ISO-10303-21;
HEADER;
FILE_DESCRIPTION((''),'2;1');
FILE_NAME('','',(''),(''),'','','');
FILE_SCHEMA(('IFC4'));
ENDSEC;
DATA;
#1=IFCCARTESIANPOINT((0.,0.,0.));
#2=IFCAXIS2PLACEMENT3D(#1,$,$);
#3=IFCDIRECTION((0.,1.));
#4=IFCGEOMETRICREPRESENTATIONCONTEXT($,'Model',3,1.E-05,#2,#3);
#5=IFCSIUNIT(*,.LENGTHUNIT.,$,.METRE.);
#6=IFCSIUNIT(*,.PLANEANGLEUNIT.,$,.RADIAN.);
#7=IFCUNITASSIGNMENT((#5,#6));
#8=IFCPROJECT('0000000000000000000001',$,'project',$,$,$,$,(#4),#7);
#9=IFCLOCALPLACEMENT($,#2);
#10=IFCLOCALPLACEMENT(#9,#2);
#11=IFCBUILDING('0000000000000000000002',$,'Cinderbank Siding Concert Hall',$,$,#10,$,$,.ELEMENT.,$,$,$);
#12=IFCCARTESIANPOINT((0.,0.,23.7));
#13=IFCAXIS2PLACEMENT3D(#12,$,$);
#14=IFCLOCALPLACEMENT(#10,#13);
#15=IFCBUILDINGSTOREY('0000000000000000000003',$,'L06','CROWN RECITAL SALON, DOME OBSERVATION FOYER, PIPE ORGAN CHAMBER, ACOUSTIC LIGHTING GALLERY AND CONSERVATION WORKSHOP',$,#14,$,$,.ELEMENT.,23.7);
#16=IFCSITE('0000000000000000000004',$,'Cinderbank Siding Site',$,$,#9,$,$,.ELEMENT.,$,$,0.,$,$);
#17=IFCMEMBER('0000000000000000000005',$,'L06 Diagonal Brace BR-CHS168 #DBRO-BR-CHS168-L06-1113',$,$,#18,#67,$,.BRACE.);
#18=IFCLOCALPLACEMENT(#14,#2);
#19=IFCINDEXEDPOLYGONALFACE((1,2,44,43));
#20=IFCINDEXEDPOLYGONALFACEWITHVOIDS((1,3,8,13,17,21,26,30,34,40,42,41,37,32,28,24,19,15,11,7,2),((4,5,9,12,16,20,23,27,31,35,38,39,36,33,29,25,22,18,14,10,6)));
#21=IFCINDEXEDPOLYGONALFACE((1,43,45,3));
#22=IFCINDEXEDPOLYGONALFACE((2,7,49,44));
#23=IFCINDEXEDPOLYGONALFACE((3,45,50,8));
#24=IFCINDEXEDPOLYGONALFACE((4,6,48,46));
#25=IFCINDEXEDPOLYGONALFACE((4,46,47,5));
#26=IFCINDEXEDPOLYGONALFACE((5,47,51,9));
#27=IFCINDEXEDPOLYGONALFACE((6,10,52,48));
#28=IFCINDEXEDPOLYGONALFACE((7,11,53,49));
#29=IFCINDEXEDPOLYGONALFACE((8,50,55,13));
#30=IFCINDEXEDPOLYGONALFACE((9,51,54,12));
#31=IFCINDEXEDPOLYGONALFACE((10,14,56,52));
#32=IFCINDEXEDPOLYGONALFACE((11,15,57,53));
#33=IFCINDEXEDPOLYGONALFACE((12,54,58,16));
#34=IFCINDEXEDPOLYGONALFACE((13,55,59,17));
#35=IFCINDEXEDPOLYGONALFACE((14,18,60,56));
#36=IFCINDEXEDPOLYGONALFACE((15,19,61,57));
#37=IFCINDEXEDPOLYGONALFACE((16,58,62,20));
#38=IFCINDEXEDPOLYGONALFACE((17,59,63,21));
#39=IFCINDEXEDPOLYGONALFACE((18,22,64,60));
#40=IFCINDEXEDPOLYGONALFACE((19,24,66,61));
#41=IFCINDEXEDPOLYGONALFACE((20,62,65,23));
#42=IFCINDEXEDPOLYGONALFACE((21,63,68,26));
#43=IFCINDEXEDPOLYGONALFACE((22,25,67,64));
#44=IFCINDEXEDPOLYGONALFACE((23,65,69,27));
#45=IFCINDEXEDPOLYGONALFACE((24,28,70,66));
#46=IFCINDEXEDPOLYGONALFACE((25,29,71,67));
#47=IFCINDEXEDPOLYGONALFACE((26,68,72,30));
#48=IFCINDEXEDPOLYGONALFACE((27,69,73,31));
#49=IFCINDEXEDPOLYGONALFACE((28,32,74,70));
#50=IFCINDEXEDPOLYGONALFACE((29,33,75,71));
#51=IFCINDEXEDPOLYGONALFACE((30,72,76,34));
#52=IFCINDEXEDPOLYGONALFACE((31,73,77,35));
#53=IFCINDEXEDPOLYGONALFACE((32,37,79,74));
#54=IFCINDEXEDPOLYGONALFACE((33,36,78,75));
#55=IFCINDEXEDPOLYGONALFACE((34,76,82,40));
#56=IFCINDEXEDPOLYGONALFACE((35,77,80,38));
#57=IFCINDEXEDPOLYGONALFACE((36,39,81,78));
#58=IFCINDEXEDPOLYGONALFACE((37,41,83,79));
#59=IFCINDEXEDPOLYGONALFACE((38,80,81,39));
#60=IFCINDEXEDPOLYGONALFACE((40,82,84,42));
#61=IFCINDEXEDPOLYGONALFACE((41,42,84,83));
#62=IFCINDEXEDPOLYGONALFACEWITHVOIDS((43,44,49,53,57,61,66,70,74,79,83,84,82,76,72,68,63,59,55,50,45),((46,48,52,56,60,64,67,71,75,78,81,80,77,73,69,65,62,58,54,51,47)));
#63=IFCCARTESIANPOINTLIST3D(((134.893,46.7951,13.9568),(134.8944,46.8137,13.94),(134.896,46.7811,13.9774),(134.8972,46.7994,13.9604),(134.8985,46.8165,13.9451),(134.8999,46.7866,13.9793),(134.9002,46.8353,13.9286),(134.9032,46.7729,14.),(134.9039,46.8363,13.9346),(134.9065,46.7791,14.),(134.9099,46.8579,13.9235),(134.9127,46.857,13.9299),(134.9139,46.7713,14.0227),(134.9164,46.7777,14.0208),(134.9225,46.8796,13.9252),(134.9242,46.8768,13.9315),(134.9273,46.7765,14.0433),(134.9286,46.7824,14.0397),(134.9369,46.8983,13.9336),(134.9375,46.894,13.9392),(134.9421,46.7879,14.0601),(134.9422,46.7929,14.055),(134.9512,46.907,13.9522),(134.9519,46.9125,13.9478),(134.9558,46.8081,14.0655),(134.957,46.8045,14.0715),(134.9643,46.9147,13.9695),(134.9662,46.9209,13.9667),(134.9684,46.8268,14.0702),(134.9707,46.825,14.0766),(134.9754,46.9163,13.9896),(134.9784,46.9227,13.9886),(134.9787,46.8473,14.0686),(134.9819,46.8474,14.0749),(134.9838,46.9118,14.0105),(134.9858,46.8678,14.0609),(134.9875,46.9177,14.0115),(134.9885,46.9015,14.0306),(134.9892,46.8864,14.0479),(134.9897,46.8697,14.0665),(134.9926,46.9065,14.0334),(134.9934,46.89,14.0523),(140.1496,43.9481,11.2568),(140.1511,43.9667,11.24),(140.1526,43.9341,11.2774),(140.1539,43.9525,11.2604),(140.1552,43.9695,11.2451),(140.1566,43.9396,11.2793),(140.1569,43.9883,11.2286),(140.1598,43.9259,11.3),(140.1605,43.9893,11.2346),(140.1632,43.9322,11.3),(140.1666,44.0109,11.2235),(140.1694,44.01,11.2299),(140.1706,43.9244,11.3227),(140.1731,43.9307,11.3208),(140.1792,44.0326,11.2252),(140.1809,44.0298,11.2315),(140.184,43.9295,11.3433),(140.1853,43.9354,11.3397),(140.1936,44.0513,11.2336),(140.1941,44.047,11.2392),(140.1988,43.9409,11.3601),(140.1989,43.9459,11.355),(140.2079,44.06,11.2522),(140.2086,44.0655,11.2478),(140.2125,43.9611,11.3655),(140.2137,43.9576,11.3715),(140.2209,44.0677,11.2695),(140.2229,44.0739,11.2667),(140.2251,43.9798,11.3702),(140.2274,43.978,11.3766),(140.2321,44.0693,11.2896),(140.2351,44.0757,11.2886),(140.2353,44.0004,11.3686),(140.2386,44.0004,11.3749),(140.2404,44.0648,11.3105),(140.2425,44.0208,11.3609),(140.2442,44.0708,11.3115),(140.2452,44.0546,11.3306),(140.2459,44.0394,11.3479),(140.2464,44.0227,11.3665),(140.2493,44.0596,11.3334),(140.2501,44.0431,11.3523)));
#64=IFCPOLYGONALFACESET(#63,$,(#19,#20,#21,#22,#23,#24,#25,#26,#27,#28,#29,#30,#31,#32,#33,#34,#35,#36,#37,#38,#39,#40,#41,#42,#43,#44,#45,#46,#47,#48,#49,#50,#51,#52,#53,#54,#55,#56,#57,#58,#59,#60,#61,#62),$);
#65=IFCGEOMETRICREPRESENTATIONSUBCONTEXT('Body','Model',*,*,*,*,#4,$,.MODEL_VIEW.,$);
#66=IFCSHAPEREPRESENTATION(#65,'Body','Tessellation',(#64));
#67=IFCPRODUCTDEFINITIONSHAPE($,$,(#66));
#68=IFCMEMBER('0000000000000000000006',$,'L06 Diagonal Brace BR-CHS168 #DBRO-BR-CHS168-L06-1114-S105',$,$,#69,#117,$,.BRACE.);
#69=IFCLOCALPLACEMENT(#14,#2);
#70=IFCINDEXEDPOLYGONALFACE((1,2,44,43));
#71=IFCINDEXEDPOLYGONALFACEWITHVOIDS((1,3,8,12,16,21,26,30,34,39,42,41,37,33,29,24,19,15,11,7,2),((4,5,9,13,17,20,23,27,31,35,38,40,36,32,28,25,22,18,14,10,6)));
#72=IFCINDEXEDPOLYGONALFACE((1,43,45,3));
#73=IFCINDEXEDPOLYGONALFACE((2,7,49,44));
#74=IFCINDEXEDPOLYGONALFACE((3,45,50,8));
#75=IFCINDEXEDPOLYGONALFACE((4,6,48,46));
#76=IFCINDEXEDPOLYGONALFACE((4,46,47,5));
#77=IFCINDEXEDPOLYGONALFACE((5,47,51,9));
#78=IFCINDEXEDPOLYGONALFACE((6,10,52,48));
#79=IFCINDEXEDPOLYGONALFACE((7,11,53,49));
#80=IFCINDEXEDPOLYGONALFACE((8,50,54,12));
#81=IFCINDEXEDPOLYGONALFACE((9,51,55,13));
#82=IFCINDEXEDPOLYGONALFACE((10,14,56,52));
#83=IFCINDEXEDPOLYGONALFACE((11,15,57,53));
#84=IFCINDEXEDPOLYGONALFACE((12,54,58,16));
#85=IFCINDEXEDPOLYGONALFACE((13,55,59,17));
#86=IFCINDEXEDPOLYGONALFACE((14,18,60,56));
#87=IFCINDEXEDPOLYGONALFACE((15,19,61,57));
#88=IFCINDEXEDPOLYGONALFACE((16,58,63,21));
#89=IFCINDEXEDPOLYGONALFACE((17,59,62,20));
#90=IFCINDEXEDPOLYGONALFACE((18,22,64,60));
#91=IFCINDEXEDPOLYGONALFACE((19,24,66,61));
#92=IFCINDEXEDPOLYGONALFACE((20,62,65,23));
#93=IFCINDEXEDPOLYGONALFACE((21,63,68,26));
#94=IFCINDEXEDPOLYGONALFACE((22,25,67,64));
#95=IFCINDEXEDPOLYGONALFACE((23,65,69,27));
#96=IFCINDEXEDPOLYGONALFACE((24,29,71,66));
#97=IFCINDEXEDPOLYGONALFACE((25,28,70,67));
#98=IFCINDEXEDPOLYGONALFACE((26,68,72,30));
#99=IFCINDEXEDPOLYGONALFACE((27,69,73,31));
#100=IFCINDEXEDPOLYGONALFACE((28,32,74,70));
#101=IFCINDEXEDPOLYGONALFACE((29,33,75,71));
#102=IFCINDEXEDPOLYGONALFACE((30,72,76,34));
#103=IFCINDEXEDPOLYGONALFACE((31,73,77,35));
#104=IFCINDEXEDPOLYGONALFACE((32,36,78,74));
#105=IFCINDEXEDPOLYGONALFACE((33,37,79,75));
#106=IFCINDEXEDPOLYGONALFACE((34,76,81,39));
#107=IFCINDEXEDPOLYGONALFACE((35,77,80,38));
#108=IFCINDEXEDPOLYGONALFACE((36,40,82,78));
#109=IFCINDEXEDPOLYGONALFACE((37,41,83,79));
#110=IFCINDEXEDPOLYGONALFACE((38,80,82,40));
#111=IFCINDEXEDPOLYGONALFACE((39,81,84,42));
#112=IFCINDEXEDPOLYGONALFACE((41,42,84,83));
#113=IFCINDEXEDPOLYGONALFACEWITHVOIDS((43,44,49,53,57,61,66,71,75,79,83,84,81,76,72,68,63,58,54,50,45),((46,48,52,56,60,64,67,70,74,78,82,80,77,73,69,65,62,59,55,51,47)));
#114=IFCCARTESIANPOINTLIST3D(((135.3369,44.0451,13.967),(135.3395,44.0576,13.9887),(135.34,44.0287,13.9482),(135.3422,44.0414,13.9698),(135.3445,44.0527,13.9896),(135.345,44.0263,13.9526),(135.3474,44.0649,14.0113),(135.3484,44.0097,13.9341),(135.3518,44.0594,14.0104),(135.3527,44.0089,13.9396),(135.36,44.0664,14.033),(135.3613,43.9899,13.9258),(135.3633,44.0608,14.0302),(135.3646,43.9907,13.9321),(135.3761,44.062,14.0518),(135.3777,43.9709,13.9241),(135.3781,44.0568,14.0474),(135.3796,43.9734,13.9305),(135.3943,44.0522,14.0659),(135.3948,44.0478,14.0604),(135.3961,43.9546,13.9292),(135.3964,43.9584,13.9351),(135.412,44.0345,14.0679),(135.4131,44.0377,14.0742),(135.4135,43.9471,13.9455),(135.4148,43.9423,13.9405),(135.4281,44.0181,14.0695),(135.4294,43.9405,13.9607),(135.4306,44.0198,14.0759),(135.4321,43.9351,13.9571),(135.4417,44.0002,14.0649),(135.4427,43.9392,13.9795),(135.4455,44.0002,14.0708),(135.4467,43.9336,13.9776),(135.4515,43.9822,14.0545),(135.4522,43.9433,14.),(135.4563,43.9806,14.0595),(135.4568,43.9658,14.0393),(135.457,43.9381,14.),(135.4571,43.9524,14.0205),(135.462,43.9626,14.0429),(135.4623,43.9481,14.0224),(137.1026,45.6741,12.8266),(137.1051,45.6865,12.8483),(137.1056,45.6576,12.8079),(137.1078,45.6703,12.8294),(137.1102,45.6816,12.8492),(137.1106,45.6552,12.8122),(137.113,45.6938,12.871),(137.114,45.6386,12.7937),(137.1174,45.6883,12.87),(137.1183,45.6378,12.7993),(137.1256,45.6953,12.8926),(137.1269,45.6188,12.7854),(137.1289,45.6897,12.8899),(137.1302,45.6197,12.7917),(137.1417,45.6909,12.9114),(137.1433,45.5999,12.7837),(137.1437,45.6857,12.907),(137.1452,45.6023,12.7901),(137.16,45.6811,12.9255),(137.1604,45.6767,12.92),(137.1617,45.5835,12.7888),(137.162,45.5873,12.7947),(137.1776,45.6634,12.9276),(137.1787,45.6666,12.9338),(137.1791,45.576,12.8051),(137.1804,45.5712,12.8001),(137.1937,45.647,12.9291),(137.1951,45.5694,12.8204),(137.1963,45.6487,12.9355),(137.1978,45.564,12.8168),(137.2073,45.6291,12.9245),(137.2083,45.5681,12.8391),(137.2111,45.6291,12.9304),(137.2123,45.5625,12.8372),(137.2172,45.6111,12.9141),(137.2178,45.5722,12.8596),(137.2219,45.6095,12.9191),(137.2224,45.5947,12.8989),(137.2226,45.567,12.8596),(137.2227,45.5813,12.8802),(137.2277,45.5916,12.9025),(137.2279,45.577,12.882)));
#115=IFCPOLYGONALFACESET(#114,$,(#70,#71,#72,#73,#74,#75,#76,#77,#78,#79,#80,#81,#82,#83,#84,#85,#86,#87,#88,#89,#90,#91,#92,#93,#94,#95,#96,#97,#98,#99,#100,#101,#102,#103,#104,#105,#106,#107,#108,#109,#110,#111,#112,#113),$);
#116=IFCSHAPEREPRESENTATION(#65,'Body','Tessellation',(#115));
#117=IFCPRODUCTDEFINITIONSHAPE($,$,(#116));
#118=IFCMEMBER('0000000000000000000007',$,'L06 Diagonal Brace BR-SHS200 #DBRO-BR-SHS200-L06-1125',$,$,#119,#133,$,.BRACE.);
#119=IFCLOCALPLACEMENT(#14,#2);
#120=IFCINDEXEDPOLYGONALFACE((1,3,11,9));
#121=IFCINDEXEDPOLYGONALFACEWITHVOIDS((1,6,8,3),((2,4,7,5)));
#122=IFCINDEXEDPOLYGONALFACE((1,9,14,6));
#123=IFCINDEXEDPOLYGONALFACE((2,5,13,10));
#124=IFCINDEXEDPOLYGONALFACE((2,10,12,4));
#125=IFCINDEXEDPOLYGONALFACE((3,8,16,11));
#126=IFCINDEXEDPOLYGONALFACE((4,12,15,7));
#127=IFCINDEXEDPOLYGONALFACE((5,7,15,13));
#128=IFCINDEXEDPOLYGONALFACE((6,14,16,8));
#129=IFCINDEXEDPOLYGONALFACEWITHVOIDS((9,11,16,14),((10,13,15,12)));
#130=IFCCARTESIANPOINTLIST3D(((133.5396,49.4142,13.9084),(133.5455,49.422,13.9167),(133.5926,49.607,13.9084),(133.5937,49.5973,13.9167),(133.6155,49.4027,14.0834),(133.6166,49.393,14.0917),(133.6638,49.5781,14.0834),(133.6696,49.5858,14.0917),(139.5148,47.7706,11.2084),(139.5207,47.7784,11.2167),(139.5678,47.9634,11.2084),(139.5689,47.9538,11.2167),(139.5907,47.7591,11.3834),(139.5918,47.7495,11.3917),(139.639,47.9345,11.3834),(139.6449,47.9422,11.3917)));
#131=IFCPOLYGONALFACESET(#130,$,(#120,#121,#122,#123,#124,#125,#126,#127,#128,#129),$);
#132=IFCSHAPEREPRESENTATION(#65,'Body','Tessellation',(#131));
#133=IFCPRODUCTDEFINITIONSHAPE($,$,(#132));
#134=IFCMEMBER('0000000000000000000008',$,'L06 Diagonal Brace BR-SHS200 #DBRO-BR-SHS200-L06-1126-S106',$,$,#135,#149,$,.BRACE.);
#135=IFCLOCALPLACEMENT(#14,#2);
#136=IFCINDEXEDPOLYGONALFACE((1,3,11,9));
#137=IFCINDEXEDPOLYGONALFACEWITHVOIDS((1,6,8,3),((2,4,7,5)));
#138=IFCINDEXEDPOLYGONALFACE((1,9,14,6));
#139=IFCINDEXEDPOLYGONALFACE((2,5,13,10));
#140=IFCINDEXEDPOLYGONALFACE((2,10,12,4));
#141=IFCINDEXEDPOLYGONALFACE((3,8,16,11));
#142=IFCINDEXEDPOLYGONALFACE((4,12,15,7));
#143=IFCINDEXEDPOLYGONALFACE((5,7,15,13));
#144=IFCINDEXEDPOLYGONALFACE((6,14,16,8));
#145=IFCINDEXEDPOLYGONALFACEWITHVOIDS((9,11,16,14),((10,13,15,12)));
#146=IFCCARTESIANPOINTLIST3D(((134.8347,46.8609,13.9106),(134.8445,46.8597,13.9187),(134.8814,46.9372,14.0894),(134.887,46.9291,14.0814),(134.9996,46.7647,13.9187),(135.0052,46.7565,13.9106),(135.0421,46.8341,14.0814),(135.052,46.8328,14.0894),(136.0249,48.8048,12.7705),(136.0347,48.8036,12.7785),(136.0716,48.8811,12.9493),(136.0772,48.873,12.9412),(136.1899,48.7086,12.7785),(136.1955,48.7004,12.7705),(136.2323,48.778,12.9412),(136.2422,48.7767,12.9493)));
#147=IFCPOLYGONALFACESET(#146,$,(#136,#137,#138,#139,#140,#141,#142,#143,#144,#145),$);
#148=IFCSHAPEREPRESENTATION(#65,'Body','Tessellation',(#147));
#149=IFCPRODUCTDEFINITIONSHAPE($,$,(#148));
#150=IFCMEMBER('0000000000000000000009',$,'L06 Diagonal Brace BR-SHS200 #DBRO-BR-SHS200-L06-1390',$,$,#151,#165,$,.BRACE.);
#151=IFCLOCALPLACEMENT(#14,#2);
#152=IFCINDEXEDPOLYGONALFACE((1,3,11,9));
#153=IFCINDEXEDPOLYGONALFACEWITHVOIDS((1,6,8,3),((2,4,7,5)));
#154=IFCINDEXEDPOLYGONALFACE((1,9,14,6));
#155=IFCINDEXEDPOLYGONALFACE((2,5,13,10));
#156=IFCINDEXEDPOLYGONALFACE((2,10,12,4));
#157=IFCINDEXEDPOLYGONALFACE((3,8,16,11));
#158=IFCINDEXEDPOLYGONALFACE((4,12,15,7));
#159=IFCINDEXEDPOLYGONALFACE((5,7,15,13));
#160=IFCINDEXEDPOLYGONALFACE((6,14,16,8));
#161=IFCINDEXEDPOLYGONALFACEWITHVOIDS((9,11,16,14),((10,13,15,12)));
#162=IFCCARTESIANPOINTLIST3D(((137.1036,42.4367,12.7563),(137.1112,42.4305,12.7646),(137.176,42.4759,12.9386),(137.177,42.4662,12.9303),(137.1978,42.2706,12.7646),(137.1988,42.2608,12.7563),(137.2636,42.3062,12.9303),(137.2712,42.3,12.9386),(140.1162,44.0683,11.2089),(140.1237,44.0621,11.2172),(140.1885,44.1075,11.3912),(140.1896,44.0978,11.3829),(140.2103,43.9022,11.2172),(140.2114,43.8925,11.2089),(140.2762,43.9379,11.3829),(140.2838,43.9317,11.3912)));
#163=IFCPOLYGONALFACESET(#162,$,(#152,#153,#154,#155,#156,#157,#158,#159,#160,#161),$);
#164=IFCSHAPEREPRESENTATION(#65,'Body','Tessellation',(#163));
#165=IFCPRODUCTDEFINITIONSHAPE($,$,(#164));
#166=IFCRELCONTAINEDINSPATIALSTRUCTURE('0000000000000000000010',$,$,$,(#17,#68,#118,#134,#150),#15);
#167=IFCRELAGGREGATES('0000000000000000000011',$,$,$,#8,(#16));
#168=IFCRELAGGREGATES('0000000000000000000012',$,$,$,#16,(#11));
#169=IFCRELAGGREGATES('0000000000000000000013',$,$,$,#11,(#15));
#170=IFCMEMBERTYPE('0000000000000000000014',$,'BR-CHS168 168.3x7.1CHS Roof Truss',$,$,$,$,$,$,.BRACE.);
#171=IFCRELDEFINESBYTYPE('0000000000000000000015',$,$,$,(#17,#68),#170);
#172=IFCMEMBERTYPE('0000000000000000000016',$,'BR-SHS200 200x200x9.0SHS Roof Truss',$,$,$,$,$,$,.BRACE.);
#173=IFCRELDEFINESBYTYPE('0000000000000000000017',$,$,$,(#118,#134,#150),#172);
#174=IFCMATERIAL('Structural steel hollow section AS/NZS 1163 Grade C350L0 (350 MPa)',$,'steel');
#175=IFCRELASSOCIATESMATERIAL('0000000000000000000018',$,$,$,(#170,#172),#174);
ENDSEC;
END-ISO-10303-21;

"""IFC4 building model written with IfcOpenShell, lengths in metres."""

from ifc_helpers import new_model, si_unit, direction, frame, origin, origin_2d, place, context, subcontext, project, spatial, hollow_rectangle, hollow_circle, extrude, material, material_profile, profile_set, type_object, element, save


model = new_model("IFC4")

# Units and contexts
model_context = context("Model", 3, precision=1e-05, world=origin(), true_north=direction((0.0, 1.0)))
body_context = subcontext(model_context, "Body", "Model", "MODEL_VIEW")
ifc_project = project(units=[si_unit("LENGTHUNIT", "METRE"), si_unit("PLANEANGLEUNIT", "RADIAN")], contexts=[model_context])

# Site, building, storey
site_placement = place(None, origin())
site = spatial("IfcSite", under=ifc_project, at=site_placement, Name="Cinderbank Siding Site", CompositionType="ELEMENT", RefElevation=0.0)
building_placement = place(site_placement, origin())
building = spatial("IfcBuilding", under=site, at=building_placement, Name="Cinderbank Siding Concert Hall", CompositionType="ELEMENT")
storey_placement = place(building_placement, frame((0.0, 0.0, 23.7)))
storey = spatial("IfcBuildingStorey", under=building, at=storey_placement, Name="L06", Description="CROWN RECITAL SALON, DOME OBSERVATION FOYER, PIPE ORGAN CHAMBER, ACOUSTIC LIGHTING GALLERY AND CONSERVATION WORKSHOP", CompositionType="ELEMENT", Elevation=23.7)

# Members
ifc_material_1 = material(Name="Structural steel hollow section AS/NZS 1163 Grade C350L0 (350 MPa)", Category="steel")
ifc_material_profile_1 = material_profile(ifc_material_1, hollow_circle(Radius=0.0842, WallThickness=0.0071, at=origin_2d()), Name="168.3x7.1CHS", Category="LoadBearing")
ifc_profile_set_1 = profile_set([ifc_material_profile_1], Name="Structural steel hollow section AS/NZS 1163 Grade C350L0 (350 MPa)")
member_type_1 = type_object("IfcMemberType", Name="BR-CHS168 168.3x7.1CHS Roof Truss", PredefinedType="BRACE", material=ifc_profile_set_1)
member_1_placement = place(storey_placement, frame((140.2, 44.0, 11.3), z_axis=(-0.801376, 0.434018, 0.411612), x_axis=(-0.476232, -0.87932, 0.0)))
element("IfcMember", 1, at=member_1_placement, inside=storey, type_object=member_type_1, Name="L06 Diagonal Brace BR-CHS168 #DBRO-BR-CHS168-L06-1113", PredefinedType="BRACE", context=body_context, shape_type="SweptSolid", body=[
    extrude(hollow_circle(Radius=0.0842, WallThickness=0.0071, at=origin_2d()), origin(), (0.0, 0.0, 1.0), 6.5596),
])
member_2_placement = place(storey_placement, frame((137.1655, 45.6289, 12.8596), z_axis=(-0.663974, -0.61256, 0.428847), x_axis=(0.678077, -0.73499, 0.0)))
element("IfcMember", 2, at=member_2_placement, inside=storey, type_object=member_type_1, Name="L06 Diagonal Brace BR-CHS168 #DBRO-BR-CHS168-L06-1114-S105", PredefinedType="BRACE", context=body_context, shape_type="SweptSolid", body=[
    extrude(hollow_circle(Radius=0.0842, WallThickness=0.0071, at=origin_2d()), origin(), (0.0, 0.0, 1.0), 2.6592),
])
ifc_material_profile_2 = material_profile(ifc_material_1, hollow_rectangle(XDim=0.2, YDim=0.2, WallThickness=0.009, at=origin_2d()), Name="200x200x9.0SHS", Category="LoadBearing")
ifc_profile_set_2 = profile_set([ifc_material_profile_2], Name="Structural steel hollow section AS/NZS 1163 Grade C350L0 (350 MPa)")
member_type_2 = type_object("IfcMemberType", Name="BR-SHS200 200x200x9.0SHS Roof Truss", PredefinedType="BRACE", material=ifc_profile_set_2)
member_3_placement = place(storey_placement, frame((139.5798, 47.8564, 11.3), z_axis=(-0.883937, 0.243142, 0.399422), x_axis=(-0.265217, -0.964189, 0.0)))
element("IfcMember", 3, at=member_3_placement, inside=storey, type_object=member_type_2, Name="L06 Diagonal Brace BR-SHS200 #DBRO-BR-SHS200-L06-1125", PredefinedType="BRACE", context=body_context, shape_type="SweptSolid", body=[
    extrude(hollow_rectangle(XDim=0.2, YDim=0.2, WallThickness=0.009, at=origin_2d()), origin(), (0.0, 0.0, 1.0), 6.7598),
])
member_4_placement = place(storey_placement, frame((136.1335, 48.7908, 12.8599), z_axis=(-0.467009, -0.762733, 0.447371), x_axis=(0.852837, -0.522178, 0.0)))
element("IfcMember", 4, at=member_4_placement, inside=storey, type_object=member_type_2, Name="L06 Diagonal Brace BR-SHS200 #DBRO-BR-SHS200-L06-1126-S106", PredefinedType="BRACE", context=body_context, shape_type="SweptSolid", body=[
    extrude(hollow_rectangle(XDim=0.2, YDim=0.2, WallThickness=0.009, at=origin_2d()), origin(), (0.0, 0.0, 1.0), 2.5486),
])
member_5_placement = place(storey_placement, frame((140.2, 44.0, 11.3), z_axis=(-0.801363, -0.434031, 0.411625), x_axis=(0.476249, -0.879311, 0.0)))
element("IfcMember", 5, at=member_5_placement, inside=storey, type_object=member_type_2, Name="L06 Diagonal Brace BR-SHS200 #DBRO-BR-SHS200-L06-1390", PredefinedType="BRACE", context=body_context, shape_type="SweptSolid", body=[
    extrude(hollow_rectangle(XDim=0.2, YDim=0.2, WallThickness=0.009, at=origin_2d()), origin(), (0.0, 0.0, 1.0), 3.7593),
])

save(model, "model.ifc")
